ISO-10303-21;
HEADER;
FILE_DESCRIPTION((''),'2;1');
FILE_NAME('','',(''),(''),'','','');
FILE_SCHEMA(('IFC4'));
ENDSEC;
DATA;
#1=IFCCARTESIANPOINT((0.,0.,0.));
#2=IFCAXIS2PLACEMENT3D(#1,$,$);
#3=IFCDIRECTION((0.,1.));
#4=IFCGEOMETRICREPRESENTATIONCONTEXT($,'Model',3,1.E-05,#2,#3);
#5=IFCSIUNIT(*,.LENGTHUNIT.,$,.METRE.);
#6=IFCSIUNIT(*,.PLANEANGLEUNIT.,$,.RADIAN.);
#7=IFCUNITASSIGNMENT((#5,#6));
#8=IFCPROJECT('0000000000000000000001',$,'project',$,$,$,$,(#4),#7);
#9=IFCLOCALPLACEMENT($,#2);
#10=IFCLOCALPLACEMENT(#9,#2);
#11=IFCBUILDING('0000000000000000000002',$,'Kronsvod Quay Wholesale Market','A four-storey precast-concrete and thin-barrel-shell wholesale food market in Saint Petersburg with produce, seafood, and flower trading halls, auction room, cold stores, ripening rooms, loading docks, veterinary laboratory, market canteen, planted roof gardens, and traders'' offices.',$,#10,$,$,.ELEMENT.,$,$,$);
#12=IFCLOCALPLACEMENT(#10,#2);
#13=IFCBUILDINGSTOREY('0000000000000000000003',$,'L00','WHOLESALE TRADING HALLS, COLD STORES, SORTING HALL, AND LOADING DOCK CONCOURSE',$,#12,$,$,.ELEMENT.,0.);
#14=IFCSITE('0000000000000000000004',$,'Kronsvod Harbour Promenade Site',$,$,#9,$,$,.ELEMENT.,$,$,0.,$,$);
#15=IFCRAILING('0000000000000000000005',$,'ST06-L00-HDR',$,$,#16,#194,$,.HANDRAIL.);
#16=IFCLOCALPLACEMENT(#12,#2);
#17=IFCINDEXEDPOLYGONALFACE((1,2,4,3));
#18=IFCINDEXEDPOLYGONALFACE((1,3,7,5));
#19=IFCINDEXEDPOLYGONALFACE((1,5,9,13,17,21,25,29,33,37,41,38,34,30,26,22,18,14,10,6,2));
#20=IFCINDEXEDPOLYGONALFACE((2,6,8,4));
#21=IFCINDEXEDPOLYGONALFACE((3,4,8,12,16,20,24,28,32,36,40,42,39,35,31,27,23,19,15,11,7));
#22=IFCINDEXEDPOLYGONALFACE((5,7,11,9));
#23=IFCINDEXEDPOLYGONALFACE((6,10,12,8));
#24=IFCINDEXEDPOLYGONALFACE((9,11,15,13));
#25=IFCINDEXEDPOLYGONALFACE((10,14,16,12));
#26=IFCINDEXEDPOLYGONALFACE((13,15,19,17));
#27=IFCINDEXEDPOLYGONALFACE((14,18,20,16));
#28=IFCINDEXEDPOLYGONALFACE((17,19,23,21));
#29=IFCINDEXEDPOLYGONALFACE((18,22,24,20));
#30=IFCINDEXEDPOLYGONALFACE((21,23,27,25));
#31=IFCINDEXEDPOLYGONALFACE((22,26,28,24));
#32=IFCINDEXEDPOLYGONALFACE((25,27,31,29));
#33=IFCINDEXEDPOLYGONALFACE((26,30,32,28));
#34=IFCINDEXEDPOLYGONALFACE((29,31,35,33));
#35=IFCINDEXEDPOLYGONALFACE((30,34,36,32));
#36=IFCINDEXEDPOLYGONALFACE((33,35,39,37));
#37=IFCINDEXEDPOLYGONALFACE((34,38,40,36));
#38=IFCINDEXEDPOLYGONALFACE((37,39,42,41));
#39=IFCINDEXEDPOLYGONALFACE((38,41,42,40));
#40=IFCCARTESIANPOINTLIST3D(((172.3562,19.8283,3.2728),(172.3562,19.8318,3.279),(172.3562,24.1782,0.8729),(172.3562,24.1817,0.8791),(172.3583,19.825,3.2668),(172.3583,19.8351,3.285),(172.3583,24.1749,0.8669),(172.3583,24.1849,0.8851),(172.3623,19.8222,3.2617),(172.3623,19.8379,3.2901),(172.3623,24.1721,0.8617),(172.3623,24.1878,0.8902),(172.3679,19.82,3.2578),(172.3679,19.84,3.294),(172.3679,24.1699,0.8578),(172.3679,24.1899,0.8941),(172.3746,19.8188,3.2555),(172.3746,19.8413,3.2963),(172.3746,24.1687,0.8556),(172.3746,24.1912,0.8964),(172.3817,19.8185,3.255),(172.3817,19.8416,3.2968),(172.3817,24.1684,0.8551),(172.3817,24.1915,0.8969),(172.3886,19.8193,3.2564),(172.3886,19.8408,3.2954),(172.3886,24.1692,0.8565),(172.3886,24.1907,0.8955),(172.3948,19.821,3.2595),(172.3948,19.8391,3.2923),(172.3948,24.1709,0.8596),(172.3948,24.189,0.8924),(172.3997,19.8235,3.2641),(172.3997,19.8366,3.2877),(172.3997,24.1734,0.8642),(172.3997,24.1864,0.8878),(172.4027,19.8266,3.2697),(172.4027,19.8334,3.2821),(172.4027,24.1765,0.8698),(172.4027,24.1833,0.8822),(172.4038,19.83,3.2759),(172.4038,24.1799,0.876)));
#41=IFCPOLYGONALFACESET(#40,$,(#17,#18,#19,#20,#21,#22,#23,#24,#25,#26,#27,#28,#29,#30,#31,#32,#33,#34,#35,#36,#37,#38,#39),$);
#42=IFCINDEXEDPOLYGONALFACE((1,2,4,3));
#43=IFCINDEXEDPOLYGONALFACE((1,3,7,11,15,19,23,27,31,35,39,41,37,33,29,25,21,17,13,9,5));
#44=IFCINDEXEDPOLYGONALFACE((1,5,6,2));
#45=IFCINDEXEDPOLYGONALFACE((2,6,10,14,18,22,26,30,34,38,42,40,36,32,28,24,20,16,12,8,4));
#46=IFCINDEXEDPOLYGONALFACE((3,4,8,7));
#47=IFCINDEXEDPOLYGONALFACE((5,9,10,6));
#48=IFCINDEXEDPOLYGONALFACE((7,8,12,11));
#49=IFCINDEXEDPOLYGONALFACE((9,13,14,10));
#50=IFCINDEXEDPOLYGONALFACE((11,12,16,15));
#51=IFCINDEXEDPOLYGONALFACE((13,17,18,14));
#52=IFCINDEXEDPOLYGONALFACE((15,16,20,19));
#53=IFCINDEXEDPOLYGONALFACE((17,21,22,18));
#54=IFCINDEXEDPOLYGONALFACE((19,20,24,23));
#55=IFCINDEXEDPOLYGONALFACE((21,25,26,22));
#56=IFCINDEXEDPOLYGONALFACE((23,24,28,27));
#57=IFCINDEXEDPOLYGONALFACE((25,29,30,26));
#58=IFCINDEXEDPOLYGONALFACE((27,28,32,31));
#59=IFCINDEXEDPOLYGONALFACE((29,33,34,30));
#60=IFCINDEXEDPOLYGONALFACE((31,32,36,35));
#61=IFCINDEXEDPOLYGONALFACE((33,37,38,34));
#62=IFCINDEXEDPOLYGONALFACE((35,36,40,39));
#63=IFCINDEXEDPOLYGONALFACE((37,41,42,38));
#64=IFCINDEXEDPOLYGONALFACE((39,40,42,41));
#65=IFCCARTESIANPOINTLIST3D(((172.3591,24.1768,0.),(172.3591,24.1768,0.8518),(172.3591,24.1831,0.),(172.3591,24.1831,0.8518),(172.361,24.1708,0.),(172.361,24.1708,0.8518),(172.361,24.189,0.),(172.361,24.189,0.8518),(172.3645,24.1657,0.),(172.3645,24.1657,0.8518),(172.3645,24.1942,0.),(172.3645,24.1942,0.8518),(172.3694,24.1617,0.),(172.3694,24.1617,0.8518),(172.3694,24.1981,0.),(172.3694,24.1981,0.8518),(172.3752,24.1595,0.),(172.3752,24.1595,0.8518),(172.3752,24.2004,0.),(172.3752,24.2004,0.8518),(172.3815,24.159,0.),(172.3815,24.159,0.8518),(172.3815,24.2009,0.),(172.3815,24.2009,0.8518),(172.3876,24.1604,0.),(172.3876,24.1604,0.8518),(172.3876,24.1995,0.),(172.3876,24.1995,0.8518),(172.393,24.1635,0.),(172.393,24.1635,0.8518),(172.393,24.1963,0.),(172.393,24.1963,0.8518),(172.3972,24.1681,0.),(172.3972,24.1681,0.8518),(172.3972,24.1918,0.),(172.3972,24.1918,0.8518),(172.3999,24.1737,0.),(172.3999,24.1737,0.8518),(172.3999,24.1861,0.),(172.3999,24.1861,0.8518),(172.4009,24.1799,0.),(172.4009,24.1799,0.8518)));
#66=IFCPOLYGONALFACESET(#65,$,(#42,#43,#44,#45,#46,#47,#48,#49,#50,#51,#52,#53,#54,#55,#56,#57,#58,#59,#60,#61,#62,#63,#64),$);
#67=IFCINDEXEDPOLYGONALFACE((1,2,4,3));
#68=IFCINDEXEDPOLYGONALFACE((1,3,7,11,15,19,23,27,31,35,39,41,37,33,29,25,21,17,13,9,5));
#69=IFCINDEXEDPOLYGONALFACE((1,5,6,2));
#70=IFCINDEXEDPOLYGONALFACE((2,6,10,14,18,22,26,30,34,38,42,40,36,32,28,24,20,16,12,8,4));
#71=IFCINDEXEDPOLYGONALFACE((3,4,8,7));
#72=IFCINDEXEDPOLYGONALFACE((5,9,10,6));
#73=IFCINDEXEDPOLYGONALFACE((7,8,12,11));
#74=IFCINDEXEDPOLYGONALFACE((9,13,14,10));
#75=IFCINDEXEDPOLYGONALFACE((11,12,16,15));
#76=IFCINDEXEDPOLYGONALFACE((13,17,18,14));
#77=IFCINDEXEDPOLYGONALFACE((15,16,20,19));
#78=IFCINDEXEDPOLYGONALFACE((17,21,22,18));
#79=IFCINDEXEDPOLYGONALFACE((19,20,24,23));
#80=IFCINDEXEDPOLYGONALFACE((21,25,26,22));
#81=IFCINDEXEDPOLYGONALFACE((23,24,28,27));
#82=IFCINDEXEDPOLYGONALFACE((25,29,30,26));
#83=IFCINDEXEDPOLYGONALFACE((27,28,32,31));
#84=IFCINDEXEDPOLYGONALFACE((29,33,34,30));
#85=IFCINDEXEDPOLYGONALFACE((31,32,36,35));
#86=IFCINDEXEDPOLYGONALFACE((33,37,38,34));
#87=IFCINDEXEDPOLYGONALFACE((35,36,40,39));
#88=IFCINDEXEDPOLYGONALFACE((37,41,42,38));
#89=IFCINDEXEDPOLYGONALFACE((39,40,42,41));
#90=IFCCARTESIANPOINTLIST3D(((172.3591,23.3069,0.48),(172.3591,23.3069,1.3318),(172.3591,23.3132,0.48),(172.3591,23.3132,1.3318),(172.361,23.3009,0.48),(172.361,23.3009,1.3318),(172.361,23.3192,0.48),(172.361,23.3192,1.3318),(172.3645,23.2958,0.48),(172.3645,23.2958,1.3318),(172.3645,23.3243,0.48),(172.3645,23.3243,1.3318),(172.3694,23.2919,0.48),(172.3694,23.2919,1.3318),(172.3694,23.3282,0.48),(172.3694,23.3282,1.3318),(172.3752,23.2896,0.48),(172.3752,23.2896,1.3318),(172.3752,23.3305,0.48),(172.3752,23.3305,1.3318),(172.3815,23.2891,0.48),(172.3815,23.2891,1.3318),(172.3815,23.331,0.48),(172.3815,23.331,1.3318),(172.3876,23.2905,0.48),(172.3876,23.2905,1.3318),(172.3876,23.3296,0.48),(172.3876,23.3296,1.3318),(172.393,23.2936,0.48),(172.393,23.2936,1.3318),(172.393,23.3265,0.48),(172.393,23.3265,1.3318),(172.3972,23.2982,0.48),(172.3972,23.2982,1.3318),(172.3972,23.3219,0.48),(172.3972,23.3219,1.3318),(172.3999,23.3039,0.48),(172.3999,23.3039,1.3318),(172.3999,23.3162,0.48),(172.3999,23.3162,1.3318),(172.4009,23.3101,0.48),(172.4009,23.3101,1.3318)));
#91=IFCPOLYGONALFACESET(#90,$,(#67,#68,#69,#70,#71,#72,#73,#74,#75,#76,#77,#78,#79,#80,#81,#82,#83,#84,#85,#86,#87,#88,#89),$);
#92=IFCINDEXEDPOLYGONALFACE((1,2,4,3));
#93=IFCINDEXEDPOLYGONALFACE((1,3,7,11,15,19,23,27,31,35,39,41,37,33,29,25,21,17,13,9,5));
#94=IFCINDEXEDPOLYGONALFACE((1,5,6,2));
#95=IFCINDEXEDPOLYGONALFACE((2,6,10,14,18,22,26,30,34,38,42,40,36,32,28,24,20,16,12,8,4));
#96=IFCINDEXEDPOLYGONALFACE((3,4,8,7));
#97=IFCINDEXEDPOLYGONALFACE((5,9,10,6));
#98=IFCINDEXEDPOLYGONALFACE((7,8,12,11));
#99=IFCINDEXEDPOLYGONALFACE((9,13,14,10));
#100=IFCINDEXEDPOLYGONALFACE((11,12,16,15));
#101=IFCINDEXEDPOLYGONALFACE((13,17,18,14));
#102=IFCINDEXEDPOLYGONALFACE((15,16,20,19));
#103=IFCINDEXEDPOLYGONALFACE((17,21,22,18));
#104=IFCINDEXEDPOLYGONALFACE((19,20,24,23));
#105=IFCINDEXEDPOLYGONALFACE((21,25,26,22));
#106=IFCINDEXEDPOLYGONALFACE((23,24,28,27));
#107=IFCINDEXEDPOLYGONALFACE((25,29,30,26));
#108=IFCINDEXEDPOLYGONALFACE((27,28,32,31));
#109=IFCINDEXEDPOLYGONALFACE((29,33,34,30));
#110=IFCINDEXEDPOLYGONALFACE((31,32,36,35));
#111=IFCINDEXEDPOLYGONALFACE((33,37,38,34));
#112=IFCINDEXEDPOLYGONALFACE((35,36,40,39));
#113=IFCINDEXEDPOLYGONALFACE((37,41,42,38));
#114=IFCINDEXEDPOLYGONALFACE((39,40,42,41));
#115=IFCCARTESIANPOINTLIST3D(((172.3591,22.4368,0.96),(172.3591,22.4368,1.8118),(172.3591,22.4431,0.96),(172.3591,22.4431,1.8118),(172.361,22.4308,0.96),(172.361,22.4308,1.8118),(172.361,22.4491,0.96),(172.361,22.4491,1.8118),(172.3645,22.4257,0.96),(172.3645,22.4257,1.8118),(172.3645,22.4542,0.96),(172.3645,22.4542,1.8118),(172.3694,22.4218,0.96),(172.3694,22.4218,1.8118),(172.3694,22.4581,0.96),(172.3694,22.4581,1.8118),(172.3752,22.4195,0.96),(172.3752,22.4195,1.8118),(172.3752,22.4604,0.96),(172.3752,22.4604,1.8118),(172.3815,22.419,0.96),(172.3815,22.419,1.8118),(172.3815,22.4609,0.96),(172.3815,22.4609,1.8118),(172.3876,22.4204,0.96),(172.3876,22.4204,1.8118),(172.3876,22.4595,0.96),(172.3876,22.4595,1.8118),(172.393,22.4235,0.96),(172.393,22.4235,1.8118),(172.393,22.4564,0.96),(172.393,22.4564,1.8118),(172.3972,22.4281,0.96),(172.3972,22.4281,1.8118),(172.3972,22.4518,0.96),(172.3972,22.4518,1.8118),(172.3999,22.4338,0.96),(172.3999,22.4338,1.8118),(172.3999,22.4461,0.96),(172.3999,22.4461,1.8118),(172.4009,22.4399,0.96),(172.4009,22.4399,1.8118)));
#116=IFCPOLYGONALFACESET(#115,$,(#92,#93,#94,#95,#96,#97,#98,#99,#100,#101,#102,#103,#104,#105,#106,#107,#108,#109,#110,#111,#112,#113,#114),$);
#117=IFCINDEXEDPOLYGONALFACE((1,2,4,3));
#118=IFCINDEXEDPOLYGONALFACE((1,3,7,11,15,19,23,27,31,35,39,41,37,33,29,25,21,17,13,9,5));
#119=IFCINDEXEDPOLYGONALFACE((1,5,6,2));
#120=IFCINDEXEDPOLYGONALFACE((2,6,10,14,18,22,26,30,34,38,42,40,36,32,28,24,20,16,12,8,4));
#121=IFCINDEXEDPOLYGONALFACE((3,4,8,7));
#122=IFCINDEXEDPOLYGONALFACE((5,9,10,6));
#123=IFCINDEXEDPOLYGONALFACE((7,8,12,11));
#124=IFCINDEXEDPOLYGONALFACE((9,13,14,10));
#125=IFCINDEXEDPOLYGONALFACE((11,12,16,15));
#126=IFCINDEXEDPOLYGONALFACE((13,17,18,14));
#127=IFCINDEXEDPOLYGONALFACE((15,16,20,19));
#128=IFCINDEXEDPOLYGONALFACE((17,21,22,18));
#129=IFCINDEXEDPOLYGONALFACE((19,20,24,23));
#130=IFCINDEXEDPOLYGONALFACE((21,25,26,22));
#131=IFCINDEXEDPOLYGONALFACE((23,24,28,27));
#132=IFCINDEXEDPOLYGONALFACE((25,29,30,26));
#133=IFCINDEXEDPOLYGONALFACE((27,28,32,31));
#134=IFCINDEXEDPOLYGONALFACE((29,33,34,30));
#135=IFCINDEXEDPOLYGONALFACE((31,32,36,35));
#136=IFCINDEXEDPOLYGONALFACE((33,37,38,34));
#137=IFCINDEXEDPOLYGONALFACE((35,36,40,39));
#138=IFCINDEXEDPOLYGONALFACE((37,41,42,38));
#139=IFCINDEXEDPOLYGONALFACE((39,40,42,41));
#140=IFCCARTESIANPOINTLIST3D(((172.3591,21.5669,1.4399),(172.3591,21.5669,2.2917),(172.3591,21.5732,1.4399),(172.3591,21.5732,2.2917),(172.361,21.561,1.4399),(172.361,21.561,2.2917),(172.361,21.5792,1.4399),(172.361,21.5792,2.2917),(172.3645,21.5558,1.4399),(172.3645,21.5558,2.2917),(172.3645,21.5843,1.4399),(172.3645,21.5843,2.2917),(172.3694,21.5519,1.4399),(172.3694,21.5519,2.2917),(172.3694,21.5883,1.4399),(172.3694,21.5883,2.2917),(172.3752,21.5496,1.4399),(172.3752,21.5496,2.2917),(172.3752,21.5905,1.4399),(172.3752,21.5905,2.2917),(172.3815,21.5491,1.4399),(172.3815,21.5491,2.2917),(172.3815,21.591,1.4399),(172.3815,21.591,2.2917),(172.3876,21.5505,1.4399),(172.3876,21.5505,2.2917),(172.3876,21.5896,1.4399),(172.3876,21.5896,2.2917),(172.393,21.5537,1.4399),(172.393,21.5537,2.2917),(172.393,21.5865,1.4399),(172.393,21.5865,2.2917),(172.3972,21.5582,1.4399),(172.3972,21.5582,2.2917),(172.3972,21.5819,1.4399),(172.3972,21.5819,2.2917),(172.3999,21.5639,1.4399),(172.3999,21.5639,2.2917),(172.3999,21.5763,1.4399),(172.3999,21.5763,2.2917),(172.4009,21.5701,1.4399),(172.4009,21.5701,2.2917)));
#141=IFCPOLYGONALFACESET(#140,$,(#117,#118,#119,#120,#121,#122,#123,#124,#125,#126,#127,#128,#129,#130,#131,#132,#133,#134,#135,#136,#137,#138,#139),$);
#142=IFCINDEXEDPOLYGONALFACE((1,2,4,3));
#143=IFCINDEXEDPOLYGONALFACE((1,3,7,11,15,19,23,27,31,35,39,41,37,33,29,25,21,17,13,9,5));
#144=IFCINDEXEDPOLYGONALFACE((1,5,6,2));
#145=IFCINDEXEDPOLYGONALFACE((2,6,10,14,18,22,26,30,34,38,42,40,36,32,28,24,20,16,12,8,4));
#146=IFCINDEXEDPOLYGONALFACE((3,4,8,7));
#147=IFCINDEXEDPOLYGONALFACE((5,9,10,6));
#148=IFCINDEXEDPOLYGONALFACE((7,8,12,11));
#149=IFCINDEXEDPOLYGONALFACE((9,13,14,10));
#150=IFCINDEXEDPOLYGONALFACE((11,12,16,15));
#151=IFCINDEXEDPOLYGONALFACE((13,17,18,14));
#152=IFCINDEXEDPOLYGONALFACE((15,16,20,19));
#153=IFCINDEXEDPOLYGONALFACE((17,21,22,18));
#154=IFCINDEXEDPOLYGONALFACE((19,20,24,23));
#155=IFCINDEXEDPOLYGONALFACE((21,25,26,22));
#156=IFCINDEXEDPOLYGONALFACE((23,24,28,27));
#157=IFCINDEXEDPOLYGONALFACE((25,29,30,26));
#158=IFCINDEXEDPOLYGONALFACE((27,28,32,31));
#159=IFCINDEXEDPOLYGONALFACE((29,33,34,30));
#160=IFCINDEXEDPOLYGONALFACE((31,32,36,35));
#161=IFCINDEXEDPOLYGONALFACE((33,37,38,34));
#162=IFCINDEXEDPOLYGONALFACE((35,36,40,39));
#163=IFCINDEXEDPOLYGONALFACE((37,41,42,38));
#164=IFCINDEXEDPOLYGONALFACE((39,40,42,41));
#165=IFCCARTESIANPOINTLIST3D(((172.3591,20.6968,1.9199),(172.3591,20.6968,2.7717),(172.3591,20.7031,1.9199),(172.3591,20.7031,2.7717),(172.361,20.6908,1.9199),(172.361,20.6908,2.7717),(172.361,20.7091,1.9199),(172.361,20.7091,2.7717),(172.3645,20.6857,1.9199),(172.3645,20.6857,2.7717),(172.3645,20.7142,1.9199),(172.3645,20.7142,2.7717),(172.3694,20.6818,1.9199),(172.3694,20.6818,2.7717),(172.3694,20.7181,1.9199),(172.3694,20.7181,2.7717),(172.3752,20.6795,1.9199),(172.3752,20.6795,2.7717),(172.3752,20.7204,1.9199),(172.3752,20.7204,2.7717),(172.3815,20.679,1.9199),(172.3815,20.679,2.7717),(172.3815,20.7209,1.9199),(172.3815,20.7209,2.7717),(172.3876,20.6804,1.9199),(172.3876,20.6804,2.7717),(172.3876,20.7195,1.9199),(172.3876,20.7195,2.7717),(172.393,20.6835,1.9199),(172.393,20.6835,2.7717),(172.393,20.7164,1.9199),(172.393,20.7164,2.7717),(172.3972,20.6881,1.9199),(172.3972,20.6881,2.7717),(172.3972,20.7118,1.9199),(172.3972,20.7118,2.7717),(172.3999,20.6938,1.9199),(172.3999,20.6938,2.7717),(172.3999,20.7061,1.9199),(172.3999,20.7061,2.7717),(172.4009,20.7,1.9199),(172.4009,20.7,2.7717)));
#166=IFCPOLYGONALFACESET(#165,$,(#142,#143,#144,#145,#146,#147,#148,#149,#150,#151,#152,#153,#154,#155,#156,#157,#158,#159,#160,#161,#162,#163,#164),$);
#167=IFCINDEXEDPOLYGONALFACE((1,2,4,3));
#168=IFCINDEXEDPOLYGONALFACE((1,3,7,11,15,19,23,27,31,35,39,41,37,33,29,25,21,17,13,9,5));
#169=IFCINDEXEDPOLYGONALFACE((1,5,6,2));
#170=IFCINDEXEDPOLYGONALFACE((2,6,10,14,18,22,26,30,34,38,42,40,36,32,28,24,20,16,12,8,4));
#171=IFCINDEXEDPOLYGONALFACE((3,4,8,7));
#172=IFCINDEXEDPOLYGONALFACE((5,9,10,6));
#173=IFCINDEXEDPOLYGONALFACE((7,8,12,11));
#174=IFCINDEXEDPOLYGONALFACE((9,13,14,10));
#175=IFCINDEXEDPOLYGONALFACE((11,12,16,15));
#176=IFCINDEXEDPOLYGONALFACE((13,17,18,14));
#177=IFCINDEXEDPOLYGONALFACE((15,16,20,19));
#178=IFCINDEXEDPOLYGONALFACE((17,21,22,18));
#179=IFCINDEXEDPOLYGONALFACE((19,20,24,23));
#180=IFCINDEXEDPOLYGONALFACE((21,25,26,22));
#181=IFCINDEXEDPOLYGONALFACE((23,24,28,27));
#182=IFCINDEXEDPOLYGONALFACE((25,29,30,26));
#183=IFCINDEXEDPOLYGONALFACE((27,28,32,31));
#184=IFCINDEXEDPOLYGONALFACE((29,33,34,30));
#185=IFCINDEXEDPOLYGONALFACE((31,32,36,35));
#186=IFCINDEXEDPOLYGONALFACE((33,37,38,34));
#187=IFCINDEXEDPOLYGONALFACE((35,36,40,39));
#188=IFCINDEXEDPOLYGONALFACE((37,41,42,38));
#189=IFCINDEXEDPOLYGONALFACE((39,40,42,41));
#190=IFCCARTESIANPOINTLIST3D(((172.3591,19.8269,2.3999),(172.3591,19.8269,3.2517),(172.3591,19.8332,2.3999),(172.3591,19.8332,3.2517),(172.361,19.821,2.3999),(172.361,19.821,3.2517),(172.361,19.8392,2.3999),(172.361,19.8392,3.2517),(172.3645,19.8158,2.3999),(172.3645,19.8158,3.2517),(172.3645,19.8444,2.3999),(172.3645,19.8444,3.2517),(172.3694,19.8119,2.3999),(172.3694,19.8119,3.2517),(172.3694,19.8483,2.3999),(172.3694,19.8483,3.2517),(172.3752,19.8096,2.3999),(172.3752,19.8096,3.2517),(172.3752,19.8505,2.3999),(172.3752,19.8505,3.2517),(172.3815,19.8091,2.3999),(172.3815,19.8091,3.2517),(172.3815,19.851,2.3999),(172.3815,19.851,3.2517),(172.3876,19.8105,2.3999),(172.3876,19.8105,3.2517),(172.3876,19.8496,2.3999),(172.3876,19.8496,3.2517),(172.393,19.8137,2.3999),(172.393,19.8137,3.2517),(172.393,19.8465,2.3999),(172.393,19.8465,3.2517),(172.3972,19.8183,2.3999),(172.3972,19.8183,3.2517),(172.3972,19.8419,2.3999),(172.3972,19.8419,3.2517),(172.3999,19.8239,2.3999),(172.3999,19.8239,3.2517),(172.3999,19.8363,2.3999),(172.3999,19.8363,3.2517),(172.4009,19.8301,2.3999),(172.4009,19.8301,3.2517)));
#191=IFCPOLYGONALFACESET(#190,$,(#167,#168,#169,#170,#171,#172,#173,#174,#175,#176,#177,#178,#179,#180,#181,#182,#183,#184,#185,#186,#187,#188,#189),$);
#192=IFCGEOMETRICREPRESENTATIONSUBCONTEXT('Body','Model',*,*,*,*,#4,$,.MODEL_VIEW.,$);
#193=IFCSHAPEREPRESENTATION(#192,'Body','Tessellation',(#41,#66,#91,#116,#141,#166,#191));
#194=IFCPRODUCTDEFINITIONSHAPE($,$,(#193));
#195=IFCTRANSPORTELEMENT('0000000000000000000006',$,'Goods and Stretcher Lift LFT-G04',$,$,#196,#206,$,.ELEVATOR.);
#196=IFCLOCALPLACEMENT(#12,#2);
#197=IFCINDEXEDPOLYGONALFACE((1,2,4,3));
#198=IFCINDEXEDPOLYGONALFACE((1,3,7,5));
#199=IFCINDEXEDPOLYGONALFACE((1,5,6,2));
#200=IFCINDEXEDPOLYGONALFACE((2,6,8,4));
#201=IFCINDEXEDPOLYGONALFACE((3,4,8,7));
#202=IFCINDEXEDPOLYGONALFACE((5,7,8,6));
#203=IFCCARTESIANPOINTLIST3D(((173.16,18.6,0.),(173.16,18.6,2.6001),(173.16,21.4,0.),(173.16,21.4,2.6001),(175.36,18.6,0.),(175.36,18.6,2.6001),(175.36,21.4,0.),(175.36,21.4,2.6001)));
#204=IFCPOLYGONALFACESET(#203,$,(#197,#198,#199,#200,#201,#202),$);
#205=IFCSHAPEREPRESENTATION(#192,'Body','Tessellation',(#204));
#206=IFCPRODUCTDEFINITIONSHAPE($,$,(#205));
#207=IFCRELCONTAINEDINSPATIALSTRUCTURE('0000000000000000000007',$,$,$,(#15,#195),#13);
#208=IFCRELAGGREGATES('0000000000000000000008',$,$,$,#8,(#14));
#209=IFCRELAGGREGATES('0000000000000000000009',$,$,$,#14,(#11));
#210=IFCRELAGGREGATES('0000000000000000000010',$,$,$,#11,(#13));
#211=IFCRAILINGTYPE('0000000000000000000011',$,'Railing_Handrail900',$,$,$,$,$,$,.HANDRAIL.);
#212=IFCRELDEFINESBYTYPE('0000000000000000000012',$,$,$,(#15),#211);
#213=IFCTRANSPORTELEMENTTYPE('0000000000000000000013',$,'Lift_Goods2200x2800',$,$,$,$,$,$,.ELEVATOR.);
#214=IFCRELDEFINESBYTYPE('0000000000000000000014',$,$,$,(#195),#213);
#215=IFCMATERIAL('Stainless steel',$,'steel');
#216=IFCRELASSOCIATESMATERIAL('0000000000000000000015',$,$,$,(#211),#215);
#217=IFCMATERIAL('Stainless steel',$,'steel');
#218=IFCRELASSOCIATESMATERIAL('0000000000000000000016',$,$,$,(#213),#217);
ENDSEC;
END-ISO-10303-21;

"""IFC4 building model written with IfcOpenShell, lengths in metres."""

from ifc_helpers import new_model, si_unit, direction, frame, origin, origin_2d, place, context, subcontext, project, spatial, rectangle, circle, extrude, material, type_object, element, save


model = new_model("IFC4")

# Units and contexts
model_context = context("Model", 3, precision=1e-05, world=origin(), true_north=direction((0.0, 1.0)))
body_context = subcontext(model_context, "Body", "Model", "MODEL_VIEW")
ifc_project = project(units=[si_unit("LENGTHUNIT", "METRE"), si_unit("PLANEANGLEUNIT", "RADIAN")], contexts=[model_context])

# Site, building, storey
site_placement = place(None, origin())
site = spatial("IfcSite", under=ifc_project, at=site_placement, Name="Kronsvod Harbour Promenade Site", CompositionType="ELEMENT", RefElevation=0.0)
building_placement = place(site_placement, origin())
building = spatial("IfcBuilding", under=site, at=building_placement, Name="Kronsvod Quay Wholesale Market", Description="A four-storey precast-concrete and thin-barrel-shell wholesale food market in Saint Petersburg with produce, seafood, and flower trading halls, auction room, cold stores, ripening rooms, loading docks, veterinary laboratory, market canteen, planted roof gardens, and traders' offices.", CompositionType="ELEMENT")
storey_placement = place(building_placement, origin())
storey = spatial("IfcBuildingStorey", under=building, at=storey_placement, Name="L00", Description="WHOLESALE TRADING HALLS, COLD STORES, SORTING HALL, AND LOADING DOCK CONCOURSE", CompositionType="ELEMENT", Elevation=0.0)

# Railing
ifc_material_1 = material(Name="Stainless steel", Category="steel")
railing_type_1 = type_object("IfcRailingType", Name="Railing_Handrail900", PredefinedType="HANDRAIL", material=ifc_material_1)
railing_1_placement = place(storey_placement, frame((172.3799, 24.1799, 0.0)))
element("IfcRailing", 1, at=railing_1_placement, inside=storey, type_object=railing_type_1, Name="ST06-L00-HDR", PredefinedType="HANDRAIL", context=body_context, shape_type="SweptSolid", body=[
    extrude(circle(Radius=0.0239, at=origin_2d()), frame((0.0, 0.0, 0.876), z_axis=(0.0, -0.875579, 0.483075), x_axis=(1.0, 0.0, 0.0)), (0.0, 0.0, 1.0), 4.968),
    extrude(circle(Radius=0.021, at=origin_2d()), origin(), (0.0, 0.0, 1.0), 0.8518),
    extrude(circle(Radius=0.021, at=origin_2d()), frame((0.0, -0.8699, 0.48)), (0.0, 0.0, 1.0), 0.8518),
    extrude(circle(Radius=0.021, at=origin_2d()), frame((0.0, -1.74, 0.96)), (0.0, 0.0, 1.0), 0.8518),
    extrude(circle(Radius=0.021, at=origin_2d()), frame((0.0, -2.6099, 1.4399)), (0.0, 0.0, 1.0), 0.8518),
    extrude(circle(Radius=0.021, at=origin_2d()), frame((0.0, -3.48, 1.9199)), (0.0, 0.0, 1.0), 0.8518),
    extrude(circle(Radius=0.021, at=origin_2d()), frame((0.0, -4.3499, 2.3999)), (0.0, 0.0, 1.0), 0.8518),
])

# Transport element
ifc_material_2 = material(Name="Stainless steel", Category="steel")
transport_element_type = type_object("IfcTransportElementType", Name="Lift_Goods2200x2800", PredefinedType="ELEVATOR", material=ifc_material_2)
transport_element_placement = place(storey_placement, frame((174.26, 20.0, 0.0), z_axis=(0.0, 0.0, 1.0), x_axis=(1.0, 0.0, 0.0)))
element("IfcTransportElement", 2, at=transport_element_placement, inside=storey, type_object=transport_element_type, Name="Goods and Stretcher Lift LFT-G04", PredefinedType="ELEVATOR", context=body_context, shape_type="SweptSolid", body=[
    extrude(rectangle(XDim=2.2, YDim=2.8, at=origin_2d()), origin(), (0.0, 0.0, 1.0), 2.6001),
])

save(model, "model.ifc")
